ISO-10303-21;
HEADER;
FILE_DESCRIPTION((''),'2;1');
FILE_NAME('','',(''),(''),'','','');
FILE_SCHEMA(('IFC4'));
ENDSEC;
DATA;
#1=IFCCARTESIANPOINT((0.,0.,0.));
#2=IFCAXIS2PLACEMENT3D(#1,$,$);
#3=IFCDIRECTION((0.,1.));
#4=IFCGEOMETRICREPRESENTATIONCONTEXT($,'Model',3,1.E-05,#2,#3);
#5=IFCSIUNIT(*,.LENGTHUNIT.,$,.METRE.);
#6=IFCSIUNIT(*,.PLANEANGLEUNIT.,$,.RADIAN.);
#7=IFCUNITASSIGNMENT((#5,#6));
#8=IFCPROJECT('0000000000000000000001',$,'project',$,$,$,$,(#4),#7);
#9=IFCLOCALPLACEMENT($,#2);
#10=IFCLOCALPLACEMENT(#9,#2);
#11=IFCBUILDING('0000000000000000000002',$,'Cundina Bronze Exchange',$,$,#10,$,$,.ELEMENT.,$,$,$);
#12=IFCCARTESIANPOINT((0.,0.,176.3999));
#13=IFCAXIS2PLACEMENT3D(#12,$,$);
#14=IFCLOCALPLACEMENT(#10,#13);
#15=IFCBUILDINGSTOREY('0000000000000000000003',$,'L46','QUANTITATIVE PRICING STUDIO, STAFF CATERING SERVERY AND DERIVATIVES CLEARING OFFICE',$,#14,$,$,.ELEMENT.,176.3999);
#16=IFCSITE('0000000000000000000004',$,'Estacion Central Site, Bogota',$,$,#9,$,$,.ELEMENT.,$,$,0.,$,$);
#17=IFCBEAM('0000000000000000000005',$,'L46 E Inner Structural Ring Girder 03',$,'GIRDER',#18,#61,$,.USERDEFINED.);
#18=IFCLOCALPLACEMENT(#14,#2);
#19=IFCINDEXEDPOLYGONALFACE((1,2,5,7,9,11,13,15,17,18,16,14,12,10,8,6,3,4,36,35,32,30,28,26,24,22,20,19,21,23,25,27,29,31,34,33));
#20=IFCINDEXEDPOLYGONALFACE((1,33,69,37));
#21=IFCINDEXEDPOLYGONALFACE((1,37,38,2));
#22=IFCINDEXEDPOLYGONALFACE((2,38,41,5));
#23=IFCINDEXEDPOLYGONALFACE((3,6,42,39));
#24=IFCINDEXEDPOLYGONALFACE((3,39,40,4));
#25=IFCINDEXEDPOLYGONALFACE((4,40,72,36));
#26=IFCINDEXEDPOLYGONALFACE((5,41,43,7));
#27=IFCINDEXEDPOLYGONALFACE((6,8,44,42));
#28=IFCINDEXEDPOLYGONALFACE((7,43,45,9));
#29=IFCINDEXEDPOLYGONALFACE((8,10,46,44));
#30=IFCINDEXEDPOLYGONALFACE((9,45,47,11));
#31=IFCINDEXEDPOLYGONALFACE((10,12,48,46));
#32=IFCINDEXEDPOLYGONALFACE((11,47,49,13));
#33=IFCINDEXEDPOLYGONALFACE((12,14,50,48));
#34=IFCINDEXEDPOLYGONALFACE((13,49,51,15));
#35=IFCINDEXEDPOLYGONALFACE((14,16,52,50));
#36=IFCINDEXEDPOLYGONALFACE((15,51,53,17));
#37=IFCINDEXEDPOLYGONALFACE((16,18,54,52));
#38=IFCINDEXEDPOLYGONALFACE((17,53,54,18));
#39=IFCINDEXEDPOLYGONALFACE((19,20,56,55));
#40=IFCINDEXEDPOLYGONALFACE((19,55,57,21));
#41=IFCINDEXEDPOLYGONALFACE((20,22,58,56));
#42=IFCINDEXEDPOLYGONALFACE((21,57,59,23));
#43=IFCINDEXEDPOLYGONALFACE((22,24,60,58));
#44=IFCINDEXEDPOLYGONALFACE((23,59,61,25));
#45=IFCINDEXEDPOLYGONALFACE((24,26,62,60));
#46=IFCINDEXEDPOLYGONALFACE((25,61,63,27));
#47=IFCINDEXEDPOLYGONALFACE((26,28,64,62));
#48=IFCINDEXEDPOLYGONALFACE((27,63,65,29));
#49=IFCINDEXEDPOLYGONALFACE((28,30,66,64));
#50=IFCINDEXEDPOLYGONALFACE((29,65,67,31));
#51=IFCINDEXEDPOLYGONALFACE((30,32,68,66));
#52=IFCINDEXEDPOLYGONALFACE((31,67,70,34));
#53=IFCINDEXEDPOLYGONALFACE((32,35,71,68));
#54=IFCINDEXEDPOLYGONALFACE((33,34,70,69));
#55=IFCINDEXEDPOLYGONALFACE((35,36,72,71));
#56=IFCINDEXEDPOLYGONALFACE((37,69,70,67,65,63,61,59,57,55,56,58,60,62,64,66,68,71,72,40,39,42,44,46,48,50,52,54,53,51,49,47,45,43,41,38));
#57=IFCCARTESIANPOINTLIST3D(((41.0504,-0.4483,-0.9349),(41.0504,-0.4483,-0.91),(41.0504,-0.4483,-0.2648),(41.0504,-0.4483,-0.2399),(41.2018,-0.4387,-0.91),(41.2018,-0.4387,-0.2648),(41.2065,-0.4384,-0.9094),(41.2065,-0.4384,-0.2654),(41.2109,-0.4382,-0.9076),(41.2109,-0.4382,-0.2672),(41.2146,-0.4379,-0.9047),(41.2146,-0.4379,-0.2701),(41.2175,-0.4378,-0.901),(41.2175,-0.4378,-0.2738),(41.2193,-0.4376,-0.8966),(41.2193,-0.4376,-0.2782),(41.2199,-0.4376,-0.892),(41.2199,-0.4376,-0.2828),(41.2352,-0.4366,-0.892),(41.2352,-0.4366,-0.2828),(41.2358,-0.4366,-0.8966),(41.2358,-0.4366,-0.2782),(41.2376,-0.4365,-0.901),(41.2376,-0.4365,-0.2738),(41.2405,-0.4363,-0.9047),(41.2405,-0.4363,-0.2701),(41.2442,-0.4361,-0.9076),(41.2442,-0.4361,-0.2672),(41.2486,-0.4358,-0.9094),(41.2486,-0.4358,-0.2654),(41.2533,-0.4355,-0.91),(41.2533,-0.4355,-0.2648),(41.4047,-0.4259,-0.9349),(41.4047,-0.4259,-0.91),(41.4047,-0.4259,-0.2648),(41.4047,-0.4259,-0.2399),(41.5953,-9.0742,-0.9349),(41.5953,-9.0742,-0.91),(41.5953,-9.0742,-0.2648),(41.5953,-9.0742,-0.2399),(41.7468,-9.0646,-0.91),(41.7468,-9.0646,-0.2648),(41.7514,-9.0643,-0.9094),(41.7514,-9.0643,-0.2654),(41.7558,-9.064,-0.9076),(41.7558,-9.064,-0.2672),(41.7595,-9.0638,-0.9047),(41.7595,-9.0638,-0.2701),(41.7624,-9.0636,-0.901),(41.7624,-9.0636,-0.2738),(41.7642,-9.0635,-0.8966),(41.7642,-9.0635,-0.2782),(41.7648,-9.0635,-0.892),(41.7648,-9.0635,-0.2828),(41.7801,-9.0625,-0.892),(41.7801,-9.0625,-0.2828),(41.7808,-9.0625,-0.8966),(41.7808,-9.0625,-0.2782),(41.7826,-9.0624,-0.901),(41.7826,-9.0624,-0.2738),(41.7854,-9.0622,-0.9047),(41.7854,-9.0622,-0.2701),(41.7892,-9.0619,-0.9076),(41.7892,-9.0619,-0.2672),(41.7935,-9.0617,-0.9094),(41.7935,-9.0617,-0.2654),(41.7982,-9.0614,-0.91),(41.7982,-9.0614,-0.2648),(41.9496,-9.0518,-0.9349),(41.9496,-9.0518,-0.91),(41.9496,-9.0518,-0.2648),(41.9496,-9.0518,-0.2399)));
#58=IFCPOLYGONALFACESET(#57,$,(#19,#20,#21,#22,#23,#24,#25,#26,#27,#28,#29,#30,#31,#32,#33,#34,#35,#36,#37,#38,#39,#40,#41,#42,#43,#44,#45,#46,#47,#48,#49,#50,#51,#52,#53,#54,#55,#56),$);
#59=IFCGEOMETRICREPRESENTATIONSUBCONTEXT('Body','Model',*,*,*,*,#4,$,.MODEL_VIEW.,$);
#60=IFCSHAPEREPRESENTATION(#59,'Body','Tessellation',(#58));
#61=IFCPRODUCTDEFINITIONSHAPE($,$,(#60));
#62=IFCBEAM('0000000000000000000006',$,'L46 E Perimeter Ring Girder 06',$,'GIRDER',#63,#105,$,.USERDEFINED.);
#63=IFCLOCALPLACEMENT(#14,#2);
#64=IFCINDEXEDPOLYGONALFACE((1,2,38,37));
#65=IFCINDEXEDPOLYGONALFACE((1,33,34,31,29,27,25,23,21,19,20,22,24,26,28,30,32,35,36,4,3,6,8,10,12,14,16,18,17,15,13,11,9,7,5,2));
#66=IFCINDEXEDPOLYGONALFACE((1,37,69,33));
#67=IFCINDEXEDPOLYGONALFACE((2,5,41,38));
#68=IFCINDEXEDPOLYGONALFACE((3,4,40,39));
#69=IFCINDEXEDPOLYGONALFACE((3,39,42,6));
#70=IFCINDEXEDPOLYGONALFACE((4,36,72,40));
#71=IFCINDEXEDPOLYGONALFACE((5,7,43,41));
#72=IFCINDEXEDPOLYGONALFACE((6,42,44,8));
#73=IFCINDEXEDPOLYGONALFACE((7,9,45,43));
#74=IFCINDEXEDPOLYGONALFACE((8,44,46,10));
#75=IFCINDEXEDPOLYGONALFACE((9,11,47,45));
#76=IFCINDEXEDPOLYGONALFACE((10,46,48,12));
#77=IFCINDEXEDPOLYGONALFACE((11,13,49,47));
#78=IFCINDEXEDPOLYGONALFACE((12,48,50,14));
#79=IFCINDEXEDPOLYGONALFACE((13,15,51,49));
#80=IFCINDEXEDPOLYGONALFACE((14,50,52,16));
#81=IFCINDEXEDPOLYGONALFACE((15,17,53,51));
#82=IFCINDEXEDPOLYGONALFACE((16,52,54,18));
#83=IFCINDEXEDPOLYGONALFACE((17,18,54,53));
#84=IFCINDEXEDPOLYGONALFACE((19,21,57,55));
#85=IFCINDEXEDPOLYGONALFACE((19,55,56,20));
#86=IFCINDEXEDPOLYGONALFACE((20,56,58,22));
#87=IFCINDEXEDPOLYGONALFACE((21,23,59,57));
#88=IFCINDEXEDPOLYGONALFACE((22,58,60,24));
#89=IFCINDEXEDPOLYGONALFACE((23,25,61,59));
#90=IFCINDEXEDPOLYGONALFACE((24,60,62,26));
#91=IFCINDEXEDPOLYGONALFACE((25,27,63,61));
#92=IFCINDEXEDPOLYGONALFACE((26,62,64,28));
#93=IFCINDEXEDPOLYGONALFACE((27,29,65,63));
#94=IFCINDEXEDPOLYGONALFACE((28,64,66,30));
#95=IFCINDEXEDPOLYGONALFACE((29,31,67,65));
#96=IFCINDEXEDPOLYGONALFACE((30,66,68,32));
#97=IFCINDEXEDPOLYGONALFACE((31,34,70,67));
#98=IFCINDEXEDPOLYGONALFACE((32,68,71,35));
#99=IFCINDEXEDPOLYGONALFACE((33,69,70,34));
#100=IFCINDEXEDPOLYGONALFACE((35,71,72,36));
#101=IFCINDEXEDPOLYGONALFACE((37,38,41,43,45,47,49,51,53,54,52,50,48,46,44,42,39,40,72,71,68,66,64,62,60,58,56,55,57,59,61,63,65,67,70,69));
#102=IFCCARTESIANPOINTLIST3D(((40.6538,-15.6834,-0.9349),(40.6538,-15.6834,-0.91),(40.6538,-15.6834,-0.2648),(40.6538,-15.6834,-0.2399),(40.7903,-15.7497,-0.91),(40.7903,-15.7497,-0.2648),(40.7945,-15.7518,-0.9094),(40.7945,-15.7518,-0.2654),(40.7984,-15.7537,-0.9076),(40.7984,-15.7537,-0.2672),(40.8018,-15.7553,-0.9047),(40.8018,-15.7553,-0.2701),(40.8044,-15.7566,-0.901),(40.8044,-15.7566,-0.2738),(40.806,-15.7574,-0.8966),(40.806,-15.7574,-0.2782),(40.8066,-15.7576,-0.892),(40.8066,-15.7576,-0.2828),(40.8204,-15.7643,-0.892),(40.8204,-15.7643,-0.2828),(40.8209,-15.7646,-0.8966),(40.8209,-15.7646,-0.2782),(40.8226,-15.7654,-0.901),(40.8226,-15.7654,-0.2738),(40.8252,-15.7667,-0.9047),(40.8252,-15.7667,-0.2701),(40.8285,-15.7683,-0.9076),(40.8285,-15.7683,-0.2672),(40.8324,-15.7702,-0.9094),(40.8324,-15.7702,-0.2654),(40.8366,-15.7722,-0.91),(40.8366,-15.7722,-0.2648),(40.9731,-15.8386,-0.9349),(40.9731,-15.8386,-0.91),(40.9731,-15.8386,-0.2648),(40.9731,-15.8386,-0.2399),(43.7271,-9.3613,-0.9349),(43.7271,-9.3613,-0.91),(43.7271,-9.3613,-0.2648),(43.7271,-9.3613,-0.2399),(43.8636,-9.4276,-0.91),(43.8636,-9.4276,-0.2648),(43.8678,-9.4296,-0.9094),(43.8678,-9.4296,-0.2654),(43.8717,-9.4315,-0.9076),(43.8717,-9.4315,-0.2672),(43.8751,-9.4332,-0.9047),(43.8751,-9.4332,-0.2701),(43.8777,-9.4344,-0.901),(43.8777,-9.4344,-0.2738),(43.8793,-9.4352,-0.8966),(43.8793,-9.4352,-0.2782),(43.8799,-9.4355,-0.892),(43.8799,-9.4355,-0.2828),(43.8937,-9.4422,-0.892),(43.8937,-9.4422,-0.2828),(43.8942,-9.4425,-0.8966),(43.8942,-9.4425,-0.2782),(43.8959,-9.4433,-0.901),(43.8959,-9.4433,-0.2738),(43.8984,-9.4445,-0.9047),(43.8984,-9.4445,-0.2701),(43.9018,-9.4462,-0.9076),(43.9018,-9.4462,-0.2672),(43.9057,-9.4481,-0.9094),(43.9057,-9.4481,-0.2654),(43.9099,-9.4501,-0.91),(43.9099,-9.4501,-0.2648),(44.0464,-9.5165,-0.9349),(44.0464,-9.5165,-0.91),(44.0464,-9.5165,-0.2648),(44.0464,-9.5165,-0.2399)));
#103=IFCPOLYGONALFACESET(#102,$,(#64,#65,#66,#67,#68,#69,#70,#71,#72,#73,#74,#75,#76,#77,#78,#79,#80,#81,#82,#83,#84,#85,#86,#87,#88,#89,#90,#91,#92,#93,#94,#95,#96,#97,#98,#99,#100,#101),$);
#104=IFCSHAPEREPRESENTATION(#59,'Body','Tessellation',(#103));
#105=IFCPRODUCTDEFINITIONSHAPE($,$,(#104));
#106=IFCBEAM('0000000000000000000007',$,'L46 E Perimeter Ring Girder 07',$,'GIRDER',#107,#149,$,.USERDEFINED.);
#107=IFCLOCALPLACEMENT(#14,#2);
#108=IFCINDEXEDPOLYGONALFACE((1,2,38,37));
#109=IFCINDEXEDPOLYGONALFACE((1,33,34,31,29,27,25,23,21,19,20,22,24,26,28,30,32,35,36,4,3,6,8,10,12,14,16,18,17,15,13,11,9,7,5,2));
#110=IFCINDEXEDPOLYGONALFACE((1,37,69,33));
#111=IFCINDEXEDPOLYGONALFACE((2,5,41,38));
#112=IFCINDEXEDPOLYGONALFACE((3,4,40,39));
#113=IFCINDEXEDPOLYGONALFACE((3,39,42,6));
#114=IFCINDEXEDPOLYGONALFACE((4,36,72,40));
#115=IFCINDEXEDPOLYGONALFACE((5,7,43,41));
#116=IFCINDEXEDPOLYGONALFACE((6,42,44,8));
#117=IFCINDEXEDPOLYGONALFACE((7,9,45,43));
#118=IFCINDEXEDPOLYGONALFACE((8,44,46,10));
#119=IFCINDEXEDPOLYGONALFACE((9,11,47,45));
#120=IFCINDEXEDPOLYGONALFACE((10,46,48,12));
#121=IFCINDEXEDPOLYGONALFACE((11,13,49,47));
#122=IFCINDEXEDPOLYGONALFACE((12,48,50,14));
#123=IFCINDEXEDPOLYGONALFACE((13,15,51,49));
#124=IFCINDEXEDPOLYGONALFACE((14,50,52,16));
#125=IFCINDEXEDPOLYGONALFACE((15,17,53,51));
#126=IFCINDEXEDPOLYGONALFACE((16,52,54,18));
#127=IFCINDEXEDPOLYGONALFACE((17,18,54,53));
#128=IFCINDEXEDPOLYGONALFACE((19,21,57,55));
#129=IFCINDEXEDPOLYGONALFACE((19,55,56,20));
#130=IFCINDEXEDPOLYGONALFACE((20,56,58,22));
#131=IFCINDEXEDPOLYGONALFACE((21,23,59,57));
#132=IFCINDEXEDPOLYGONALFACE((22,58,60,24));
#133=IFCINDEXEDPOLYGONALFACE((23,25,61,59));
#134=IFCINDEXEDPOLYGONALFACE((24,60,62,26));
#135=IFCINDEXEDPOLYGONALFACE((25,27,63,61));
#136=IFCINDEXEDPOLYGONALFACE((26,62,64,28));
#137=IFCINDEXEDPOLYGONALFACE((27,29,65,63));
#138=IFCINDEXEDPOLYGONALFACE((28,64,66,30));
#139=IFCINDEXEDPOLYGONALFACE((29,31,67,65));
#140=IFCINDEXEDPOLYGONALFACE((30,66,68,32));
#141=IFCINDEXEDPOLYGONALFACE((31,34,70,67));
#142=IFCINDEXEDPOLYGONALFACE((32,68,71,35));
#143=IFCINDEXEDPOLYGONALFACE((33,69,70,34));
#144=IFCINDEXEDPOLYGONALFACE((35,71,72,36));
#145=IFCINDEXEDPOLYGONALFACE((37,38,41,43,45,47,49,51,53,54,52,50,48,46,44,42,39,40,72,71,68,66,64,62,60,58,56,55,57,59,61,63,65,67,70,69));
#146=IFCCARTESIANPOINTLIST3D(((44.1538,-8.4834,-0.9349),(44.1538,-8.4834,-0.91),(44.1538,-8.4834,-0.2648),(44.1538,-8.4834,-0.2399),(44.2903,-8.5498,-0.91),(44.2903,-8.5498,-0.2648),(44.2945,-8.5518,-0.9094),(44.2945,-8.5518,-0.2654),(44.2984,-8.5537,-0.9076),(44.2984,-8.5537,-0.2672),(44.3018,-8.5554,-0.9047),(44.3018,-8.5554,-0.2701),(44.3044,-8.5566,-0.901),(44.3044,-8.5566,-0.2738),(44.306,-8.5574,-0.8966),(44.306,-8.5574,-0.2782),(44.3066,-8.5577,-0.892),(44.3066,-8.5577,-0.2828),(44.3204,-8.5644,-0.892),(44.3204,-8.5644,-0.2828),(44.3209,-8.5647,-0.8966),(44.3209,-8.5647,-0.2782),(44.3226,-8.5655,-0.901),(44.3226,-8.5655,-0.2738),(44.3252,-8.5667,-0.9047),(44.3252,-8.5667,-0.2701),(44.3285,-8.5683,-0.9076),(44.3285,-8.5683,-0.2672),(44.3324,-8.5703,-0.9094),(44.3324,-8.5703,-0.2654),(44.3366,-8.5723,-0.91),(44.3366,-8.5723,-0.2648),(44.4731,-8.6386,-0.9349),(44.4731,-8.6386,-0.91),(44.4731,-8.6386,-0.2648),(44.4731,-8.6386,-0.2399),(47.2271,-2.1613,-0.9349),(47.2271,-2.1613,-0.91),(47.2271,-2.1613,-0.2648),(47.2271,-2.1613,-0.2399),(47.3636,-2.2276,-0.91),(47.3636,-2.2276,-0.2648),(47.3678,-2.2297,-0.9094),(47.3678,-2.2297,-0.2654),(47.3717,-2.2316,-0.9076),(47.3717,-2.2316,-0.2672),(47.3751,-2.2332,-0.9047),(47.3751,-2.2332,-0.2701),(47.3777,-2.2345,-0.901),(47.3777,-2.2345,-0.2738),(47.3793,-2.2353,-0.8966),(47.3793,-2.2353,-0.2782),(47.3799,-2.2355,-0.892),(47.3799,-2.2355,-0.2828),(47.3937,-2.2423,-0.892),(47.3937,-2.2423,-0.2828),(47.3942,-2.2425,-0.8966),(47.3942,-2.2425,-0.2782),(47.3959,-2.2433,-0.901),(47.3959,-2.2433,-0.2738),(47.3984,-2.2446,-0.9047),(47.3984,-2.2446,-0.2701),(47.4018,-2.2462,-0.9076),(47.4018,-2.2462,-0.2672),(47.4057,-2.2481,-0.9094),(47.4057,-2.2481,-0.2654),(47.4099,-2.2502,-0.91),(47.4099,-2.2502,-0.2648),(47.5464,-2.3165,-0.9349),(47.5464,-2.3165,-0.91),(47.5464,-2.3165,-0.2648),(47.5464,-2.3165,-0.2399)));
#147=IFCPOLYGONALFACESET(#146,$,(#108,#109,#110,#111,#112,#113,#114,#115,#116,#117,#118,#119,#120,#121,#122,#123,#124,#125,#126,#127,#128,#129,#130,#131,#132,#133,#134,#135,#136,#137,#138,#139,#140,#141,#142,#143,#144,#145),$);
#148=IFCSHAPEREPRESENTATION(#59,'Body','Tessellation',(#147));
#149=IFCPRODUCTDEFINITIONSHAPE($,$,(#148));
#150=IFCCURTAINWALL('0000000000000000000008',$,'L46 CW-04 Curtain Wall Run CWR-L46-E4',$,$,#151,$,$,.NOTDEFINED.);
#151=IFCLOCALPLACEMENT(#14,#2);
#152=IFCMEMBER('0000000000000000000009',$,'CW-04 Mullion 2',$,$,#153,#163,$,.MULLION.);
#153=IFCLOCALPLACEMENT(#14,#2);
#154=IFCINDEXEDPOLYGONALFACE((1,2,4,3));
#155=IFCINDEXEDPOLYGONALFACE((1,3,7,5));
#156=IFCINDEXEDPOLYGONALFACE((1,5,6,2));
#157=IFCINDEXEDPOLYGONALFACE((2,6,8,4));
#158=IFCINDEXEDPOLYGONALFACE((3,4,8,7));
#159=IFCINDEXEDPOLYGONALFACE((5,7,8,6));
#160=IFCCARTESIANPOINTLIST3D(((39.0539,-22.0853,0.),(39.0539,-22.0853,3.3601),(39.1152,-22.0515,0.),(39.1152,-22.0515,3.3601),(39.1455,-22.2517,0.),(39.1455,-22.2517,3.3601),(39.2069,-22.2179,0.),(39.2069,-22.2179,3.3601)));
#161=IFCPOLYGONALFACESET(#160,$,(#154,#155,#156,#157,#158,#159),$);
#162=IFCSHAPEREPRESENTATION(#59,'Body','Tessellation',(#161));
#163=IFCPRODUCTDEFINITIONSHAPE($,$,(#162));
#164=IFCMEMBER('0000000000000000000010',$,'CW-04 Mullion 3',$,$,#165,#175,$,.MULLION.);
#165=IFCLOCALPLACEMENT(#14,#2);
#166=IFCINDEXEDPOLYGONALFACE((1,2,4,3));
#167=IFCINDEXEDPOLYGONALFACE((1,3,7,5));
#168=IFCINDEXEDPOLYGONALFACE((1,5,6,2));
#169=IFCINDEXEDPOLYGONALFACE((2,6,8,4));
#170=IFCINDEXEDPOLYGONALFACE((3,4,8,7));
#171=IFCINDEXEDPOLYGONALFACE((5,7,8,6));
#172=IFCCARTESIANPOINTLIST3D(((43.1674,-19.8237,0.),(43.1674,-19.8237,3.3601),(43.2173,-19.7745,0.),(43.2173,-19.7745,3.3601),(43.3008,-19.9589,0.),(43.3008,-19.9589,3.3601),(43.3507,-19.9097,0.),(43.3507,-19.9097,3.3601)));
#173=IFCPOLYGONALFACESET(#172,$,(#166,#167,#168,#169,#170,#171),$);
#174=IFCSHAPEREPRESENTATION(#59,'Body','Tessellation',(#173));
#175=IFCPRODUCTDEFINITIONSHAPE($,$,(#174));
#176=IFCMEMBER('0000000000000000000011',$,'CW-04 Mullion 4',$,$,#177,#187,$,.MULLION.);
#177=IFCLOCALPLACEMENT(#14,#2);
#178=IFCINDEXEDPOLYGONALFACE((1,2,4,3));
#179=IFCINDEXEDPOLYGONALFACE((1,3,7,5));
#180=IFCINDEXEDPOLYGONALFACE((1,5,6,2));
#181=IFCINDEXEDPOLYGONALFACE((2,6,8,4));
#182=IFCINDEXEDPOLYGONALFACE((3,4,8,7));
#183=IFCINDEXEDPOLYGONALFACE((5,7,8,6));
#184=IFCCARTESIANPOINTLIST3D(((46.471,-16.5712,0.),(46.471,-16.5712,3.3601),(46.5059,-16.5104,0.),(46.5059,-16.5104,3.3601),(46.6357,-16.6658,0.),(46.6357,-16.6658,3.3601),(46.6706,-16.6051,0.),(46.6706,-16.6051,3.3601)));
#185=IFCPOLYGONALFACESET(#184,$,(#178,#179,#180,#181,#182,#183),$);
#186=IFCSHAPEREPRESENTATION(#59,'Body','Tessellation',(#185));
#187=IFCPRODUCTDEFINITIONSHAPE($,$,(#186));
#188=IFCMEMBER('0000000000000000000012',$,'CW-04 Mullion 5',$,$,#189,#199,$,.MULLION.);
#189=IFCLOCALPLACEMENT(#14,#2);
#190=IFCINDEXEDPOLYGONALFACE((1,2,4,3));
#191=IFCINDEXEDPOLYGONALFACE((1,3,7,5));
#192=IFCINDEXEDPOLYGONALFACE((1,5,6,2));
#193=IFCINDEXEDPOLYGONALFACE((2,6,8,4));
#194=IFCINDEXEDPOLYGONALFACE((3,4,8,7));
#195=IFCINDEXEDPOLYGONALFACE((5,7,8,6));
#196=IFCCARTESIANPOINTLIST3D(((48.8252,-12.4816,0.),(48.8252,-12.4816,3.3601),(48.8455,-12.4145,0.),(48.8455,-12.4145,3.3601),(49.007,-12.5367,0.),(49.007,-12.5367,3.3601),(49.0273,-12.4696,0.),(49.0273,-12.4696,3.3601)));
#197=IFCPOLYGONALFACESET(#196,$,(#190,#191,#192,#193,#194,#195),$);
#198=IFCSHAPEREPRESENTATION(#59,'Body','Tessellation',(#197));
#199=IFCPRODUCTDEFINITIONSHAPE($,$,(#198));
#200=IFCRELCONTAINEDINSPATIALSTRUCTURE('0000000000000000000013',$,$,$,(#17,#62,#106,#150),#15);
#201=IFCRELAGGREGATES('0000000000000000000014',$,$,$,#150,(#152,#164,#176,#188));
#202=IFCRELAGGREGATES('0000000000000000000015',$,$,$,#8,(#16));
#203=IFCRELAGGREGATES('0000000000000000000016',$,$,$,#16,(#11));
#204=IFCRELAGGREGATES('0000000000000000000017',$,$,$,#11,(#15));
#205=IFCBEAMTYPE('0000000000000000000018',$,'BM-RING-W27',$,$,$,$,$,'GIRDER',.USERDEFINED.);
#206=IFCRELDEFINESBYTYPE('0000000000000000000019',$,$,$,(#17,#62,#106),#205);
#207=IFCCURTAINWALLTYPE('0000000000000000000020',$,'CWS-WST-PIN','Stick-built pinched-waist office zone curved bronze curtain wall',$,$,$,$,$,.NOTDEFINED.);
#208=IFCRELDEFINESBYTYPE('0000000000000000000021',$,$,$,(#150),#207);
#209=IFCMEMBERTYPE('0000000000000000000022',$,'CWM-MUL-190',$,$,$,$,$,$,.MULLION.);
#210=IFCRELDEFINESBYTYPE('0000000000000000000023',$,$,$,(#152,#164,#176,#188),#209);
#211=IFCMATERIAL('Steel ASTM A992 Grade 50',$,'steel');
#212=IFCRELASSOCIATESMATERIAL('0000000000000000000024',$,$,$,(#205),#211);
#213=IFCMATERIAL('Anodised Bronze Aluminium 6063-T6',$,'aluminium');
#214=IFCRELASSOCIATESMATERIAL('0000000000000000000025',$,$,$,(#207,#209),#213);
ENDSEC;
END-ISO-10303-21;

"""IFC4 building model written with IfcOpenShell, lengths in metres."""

from ifc_helpers import new_model, si_unit, direction, frame, origin, origin_2d, place, context, subcontext, project, spatial, rectangle, i_section, extrude, material, material_profile, profile_set, type_object, element, aggregate, save


model = new_model("IFC4")

# Units and contexts
model_context = context("Model", 3, precision=1e-05, world=origin(), true_north=direction((0.0, 1.0)))
body_context = subcontext(model_context, "Body", "Model", "MODEL_VIEW")
ifc_project = project(units=[si_unit("LENGTHUNIT", "METRE"), si_unit("PLANEANGLEUNIT", "RADIAN")], contexts=[model_context])

# Site, building, storey
site_placement = place(None, origin())
site = spatial("IfcSite", under=ifc_project, at=site_placement, Name="Estacion Central Site, Bogota", CompositionType="ELEMENT", RefElevation=0.0)
building_placement = place(site_placement, origin())
building = spatial("IfcBuilding", under=site, at=building_placement, Name="Cundina Bronze Exchange", CompositionType="ELEMENT")
storey_placement = place(building_placement, frame((0.0, 0.0, 176.3999)))
storey = spatial("IfcBuildingStorey", under=building, at=storey_placement, Name="L46", Description="QUANTITATIVE PRICING STUDIO, STAFF CATERING SERVERY AND DERIVATIVES CLEARING OFFICE", CompositionType="ELEMENT", Elevation=176.3999)

# Beams
ifc_material_1 = material(Name="Steel ASTM A992 Grade 50", Category="steel")
ifc_material_profile_1 = material_profile(ifc_material_1, i_section(OverallWidth=0.355, OverallDepth=0.6951, WebThickness=0.0154, FlangeThickness=0.0249, FilletRadius=0.0181, at=origin_2d()), Name="W27X146", Category="steel")
ifc_profile_set_1 = profile_set([ifc_material_profile_1], Name="Steel ASTM A992 Grade 50")
beam_type_1 = type_object("IfcBeamType", Name="BM-RING-W27", ElementType="GIRDER", PredefinedType="USERDEFINED", material=ifc_profile_set_1)
beam_1_placement = place(storey_placement, frame((41.7725, -9.063, -0.5874), z_axis=(-0.063047, 0.998011, 0.0), x_axis=(-0.998011, -0.063047, 0.0)))
element("IfcBeam", 1, at=beam_1_placement, inside=storey, type_object=beam_type_1, Name="L46 E Inner Structural Ring Girder 03", ObjectType="GIRDER", PredefinedType="USERDEFINED", context=body_context, shape_type="SweptSolid", body=[
    extrude(i_section(OverallWidth=0.355, OverallDepth=0.6951, WebThickness=0.0154, FlangeThickness=0.0249, FilletRadius=0.0181, at=origin_2d()), origin(), (0.0, 0.0, 1.0), 8.6431),
])
for number, where, z_axis, x_axis, name in (
    (2, (40.8135, -15.761, -0.5874), (0.437197, 0.899366, 0.0), (-0.899366, 0.437197, 0.0), "L46 E Perimeter Ring Girder 06"),
    (3, (44.3135, -8.561, -0.5874), (0.437197, 0.899366, 0.0), (-0.899366, 0.437197, 0.0), "L46 E Perimeter Ring Girder 07"),
):
    element("IfcBeam", number, at=place(storey_placement, frame(where, z_axis=z_axis, x_axis=x_axis)), inside=storey, type_object=beam_type_1, Name=name, ObjectType="GIRDER", PredefinedType="USERDEFINED", context=body_context, shape_type="SweptSolid", body=[
        extrude(i_section(OverallWidth=0.355, OverallDepth=0.6951, WebThickness=0.0154, FlangeThickness=0.0249, FilletRadius=0.0181, at=origin_2d()), origin(), (0.0, 0.0, 1.0), 7.0295),
    ])

# Curtain wall, members
ifc_material_2 = material(Name="Anodised Bronze Aluminium 6063-T6", Category="aluminium")
curtain_wall_type = type_object("IfcCurtainWallType", Name="CWS-WST-PIN", Description="Stick-built pinched-waist office zone curved bronze curtain wall", PredefinedType="NOTDEFINED", material=ifc_material_2)
curtain_wall_placement = place(storey_placement, origin())
curtain_wall = element("IfcCurtainWall", 4, at=curtain_wall_placement, inside=storey, type_object=curtain_wall_type, Name="L46 CW-04 Curtain Wall Run CWR-L46-E4", PredefinedType="NOTDEFINED")
ifc_material_profile_2 = material_profile(ifc_material_2, rectangle(XDim=0.0701, YDim=0.1899, at=origin_2d()), Name="AL70X190", Category="aluminium")
ifc_profile_set_2 = profile_set([ifc_material_profile_2], Name="Anodised Bronze Aluminium 6063-T6")
member_type_1 = type_object("IfcMemberType", Name="CWM-MUL-190", PredefinedType="MULLION", material=ifc_profile_set_2)
member_1_placement = place(storey_placement, frame((39.1304, -22.1516, 0.0), z_axis=(0.0, 0.0, 1.0), x_axis=(0.875886, 0.482518, 0.0)))
member_1 = element("IfcMember", 5, at=member_1_placement, type_object=member_type_1, Name="CW-04 Mullion 2", PredefinedType="MULLION", context=body_context, shape_type="SweptSolid", body=[
    extrude(rectangle(XDim=0.0701, YDim=0.1899, at=origin_2d()), origin(), (0.0, 0.0, 1.0), 3.3601),
])
member_2_placement = place(storey_placement, frame((43.259, -19.8667, 0.0), z_axis=(0.0, 0.0, 1.0), x_axis=(0.712026, 0.702153, 0.0)))
member_2 = element("IfcMember", 6, at=member_2_placement, type_object=member_type_1, Name="CW-04 Mullion 3", PredefinedType="MULLION", context=body_context, shape_type="SweptSolid", body=[
    extrude(rectangle(XDim=0.0701, YDim=0.1899, at=origin_2d()), origin(), (0.0, 0.0, 1.0), 3.3601),
])
member_3_placement = place(storey_placement, frame((46.5708, -16.5881, 0.0), z_axis=(0.0, 0.0, 1.0), x_axis=(0.498488, 0.866897, 0.0)))
member_3 = element("IfcMember", 7, at=member_3_placement, type_object=member_type_1, Name="CW-04 Mullion 4", PredefinedType="MULLION", context=body_context, shape_type="SweptSolid", body=[
    extrude(rectangle(XDim=0.0701, YDim=0.1899, at=origin_2d()), origin(), (0.0, 0.0, 1.0), 3.3601),
])
member_4_placement = place(storey_placement, frame((48.9263, -12.4756, 0.0), z_axis=(0.0, 0.0, 1.0), x_axis=(0.290034, 0.957016, 0.0)))
member_4 = element("IfcMember", 8, at=member_4_placement, type_object=member_type_1, Name="CW-04 Mullion 5", PredefinedType="MULLION", context=body_context, shape_type="SweptSolid", body=[
    extrude(rectangle(XDim=0.0701, YDim=0.1899, at=origin_2d()), origin(), (0.0, 0.0, 1.0), 3.3601),
])
aggregate(curtain_wall, [member_1, member_2, member_3, member_4])

save(model, "model.ifc")
